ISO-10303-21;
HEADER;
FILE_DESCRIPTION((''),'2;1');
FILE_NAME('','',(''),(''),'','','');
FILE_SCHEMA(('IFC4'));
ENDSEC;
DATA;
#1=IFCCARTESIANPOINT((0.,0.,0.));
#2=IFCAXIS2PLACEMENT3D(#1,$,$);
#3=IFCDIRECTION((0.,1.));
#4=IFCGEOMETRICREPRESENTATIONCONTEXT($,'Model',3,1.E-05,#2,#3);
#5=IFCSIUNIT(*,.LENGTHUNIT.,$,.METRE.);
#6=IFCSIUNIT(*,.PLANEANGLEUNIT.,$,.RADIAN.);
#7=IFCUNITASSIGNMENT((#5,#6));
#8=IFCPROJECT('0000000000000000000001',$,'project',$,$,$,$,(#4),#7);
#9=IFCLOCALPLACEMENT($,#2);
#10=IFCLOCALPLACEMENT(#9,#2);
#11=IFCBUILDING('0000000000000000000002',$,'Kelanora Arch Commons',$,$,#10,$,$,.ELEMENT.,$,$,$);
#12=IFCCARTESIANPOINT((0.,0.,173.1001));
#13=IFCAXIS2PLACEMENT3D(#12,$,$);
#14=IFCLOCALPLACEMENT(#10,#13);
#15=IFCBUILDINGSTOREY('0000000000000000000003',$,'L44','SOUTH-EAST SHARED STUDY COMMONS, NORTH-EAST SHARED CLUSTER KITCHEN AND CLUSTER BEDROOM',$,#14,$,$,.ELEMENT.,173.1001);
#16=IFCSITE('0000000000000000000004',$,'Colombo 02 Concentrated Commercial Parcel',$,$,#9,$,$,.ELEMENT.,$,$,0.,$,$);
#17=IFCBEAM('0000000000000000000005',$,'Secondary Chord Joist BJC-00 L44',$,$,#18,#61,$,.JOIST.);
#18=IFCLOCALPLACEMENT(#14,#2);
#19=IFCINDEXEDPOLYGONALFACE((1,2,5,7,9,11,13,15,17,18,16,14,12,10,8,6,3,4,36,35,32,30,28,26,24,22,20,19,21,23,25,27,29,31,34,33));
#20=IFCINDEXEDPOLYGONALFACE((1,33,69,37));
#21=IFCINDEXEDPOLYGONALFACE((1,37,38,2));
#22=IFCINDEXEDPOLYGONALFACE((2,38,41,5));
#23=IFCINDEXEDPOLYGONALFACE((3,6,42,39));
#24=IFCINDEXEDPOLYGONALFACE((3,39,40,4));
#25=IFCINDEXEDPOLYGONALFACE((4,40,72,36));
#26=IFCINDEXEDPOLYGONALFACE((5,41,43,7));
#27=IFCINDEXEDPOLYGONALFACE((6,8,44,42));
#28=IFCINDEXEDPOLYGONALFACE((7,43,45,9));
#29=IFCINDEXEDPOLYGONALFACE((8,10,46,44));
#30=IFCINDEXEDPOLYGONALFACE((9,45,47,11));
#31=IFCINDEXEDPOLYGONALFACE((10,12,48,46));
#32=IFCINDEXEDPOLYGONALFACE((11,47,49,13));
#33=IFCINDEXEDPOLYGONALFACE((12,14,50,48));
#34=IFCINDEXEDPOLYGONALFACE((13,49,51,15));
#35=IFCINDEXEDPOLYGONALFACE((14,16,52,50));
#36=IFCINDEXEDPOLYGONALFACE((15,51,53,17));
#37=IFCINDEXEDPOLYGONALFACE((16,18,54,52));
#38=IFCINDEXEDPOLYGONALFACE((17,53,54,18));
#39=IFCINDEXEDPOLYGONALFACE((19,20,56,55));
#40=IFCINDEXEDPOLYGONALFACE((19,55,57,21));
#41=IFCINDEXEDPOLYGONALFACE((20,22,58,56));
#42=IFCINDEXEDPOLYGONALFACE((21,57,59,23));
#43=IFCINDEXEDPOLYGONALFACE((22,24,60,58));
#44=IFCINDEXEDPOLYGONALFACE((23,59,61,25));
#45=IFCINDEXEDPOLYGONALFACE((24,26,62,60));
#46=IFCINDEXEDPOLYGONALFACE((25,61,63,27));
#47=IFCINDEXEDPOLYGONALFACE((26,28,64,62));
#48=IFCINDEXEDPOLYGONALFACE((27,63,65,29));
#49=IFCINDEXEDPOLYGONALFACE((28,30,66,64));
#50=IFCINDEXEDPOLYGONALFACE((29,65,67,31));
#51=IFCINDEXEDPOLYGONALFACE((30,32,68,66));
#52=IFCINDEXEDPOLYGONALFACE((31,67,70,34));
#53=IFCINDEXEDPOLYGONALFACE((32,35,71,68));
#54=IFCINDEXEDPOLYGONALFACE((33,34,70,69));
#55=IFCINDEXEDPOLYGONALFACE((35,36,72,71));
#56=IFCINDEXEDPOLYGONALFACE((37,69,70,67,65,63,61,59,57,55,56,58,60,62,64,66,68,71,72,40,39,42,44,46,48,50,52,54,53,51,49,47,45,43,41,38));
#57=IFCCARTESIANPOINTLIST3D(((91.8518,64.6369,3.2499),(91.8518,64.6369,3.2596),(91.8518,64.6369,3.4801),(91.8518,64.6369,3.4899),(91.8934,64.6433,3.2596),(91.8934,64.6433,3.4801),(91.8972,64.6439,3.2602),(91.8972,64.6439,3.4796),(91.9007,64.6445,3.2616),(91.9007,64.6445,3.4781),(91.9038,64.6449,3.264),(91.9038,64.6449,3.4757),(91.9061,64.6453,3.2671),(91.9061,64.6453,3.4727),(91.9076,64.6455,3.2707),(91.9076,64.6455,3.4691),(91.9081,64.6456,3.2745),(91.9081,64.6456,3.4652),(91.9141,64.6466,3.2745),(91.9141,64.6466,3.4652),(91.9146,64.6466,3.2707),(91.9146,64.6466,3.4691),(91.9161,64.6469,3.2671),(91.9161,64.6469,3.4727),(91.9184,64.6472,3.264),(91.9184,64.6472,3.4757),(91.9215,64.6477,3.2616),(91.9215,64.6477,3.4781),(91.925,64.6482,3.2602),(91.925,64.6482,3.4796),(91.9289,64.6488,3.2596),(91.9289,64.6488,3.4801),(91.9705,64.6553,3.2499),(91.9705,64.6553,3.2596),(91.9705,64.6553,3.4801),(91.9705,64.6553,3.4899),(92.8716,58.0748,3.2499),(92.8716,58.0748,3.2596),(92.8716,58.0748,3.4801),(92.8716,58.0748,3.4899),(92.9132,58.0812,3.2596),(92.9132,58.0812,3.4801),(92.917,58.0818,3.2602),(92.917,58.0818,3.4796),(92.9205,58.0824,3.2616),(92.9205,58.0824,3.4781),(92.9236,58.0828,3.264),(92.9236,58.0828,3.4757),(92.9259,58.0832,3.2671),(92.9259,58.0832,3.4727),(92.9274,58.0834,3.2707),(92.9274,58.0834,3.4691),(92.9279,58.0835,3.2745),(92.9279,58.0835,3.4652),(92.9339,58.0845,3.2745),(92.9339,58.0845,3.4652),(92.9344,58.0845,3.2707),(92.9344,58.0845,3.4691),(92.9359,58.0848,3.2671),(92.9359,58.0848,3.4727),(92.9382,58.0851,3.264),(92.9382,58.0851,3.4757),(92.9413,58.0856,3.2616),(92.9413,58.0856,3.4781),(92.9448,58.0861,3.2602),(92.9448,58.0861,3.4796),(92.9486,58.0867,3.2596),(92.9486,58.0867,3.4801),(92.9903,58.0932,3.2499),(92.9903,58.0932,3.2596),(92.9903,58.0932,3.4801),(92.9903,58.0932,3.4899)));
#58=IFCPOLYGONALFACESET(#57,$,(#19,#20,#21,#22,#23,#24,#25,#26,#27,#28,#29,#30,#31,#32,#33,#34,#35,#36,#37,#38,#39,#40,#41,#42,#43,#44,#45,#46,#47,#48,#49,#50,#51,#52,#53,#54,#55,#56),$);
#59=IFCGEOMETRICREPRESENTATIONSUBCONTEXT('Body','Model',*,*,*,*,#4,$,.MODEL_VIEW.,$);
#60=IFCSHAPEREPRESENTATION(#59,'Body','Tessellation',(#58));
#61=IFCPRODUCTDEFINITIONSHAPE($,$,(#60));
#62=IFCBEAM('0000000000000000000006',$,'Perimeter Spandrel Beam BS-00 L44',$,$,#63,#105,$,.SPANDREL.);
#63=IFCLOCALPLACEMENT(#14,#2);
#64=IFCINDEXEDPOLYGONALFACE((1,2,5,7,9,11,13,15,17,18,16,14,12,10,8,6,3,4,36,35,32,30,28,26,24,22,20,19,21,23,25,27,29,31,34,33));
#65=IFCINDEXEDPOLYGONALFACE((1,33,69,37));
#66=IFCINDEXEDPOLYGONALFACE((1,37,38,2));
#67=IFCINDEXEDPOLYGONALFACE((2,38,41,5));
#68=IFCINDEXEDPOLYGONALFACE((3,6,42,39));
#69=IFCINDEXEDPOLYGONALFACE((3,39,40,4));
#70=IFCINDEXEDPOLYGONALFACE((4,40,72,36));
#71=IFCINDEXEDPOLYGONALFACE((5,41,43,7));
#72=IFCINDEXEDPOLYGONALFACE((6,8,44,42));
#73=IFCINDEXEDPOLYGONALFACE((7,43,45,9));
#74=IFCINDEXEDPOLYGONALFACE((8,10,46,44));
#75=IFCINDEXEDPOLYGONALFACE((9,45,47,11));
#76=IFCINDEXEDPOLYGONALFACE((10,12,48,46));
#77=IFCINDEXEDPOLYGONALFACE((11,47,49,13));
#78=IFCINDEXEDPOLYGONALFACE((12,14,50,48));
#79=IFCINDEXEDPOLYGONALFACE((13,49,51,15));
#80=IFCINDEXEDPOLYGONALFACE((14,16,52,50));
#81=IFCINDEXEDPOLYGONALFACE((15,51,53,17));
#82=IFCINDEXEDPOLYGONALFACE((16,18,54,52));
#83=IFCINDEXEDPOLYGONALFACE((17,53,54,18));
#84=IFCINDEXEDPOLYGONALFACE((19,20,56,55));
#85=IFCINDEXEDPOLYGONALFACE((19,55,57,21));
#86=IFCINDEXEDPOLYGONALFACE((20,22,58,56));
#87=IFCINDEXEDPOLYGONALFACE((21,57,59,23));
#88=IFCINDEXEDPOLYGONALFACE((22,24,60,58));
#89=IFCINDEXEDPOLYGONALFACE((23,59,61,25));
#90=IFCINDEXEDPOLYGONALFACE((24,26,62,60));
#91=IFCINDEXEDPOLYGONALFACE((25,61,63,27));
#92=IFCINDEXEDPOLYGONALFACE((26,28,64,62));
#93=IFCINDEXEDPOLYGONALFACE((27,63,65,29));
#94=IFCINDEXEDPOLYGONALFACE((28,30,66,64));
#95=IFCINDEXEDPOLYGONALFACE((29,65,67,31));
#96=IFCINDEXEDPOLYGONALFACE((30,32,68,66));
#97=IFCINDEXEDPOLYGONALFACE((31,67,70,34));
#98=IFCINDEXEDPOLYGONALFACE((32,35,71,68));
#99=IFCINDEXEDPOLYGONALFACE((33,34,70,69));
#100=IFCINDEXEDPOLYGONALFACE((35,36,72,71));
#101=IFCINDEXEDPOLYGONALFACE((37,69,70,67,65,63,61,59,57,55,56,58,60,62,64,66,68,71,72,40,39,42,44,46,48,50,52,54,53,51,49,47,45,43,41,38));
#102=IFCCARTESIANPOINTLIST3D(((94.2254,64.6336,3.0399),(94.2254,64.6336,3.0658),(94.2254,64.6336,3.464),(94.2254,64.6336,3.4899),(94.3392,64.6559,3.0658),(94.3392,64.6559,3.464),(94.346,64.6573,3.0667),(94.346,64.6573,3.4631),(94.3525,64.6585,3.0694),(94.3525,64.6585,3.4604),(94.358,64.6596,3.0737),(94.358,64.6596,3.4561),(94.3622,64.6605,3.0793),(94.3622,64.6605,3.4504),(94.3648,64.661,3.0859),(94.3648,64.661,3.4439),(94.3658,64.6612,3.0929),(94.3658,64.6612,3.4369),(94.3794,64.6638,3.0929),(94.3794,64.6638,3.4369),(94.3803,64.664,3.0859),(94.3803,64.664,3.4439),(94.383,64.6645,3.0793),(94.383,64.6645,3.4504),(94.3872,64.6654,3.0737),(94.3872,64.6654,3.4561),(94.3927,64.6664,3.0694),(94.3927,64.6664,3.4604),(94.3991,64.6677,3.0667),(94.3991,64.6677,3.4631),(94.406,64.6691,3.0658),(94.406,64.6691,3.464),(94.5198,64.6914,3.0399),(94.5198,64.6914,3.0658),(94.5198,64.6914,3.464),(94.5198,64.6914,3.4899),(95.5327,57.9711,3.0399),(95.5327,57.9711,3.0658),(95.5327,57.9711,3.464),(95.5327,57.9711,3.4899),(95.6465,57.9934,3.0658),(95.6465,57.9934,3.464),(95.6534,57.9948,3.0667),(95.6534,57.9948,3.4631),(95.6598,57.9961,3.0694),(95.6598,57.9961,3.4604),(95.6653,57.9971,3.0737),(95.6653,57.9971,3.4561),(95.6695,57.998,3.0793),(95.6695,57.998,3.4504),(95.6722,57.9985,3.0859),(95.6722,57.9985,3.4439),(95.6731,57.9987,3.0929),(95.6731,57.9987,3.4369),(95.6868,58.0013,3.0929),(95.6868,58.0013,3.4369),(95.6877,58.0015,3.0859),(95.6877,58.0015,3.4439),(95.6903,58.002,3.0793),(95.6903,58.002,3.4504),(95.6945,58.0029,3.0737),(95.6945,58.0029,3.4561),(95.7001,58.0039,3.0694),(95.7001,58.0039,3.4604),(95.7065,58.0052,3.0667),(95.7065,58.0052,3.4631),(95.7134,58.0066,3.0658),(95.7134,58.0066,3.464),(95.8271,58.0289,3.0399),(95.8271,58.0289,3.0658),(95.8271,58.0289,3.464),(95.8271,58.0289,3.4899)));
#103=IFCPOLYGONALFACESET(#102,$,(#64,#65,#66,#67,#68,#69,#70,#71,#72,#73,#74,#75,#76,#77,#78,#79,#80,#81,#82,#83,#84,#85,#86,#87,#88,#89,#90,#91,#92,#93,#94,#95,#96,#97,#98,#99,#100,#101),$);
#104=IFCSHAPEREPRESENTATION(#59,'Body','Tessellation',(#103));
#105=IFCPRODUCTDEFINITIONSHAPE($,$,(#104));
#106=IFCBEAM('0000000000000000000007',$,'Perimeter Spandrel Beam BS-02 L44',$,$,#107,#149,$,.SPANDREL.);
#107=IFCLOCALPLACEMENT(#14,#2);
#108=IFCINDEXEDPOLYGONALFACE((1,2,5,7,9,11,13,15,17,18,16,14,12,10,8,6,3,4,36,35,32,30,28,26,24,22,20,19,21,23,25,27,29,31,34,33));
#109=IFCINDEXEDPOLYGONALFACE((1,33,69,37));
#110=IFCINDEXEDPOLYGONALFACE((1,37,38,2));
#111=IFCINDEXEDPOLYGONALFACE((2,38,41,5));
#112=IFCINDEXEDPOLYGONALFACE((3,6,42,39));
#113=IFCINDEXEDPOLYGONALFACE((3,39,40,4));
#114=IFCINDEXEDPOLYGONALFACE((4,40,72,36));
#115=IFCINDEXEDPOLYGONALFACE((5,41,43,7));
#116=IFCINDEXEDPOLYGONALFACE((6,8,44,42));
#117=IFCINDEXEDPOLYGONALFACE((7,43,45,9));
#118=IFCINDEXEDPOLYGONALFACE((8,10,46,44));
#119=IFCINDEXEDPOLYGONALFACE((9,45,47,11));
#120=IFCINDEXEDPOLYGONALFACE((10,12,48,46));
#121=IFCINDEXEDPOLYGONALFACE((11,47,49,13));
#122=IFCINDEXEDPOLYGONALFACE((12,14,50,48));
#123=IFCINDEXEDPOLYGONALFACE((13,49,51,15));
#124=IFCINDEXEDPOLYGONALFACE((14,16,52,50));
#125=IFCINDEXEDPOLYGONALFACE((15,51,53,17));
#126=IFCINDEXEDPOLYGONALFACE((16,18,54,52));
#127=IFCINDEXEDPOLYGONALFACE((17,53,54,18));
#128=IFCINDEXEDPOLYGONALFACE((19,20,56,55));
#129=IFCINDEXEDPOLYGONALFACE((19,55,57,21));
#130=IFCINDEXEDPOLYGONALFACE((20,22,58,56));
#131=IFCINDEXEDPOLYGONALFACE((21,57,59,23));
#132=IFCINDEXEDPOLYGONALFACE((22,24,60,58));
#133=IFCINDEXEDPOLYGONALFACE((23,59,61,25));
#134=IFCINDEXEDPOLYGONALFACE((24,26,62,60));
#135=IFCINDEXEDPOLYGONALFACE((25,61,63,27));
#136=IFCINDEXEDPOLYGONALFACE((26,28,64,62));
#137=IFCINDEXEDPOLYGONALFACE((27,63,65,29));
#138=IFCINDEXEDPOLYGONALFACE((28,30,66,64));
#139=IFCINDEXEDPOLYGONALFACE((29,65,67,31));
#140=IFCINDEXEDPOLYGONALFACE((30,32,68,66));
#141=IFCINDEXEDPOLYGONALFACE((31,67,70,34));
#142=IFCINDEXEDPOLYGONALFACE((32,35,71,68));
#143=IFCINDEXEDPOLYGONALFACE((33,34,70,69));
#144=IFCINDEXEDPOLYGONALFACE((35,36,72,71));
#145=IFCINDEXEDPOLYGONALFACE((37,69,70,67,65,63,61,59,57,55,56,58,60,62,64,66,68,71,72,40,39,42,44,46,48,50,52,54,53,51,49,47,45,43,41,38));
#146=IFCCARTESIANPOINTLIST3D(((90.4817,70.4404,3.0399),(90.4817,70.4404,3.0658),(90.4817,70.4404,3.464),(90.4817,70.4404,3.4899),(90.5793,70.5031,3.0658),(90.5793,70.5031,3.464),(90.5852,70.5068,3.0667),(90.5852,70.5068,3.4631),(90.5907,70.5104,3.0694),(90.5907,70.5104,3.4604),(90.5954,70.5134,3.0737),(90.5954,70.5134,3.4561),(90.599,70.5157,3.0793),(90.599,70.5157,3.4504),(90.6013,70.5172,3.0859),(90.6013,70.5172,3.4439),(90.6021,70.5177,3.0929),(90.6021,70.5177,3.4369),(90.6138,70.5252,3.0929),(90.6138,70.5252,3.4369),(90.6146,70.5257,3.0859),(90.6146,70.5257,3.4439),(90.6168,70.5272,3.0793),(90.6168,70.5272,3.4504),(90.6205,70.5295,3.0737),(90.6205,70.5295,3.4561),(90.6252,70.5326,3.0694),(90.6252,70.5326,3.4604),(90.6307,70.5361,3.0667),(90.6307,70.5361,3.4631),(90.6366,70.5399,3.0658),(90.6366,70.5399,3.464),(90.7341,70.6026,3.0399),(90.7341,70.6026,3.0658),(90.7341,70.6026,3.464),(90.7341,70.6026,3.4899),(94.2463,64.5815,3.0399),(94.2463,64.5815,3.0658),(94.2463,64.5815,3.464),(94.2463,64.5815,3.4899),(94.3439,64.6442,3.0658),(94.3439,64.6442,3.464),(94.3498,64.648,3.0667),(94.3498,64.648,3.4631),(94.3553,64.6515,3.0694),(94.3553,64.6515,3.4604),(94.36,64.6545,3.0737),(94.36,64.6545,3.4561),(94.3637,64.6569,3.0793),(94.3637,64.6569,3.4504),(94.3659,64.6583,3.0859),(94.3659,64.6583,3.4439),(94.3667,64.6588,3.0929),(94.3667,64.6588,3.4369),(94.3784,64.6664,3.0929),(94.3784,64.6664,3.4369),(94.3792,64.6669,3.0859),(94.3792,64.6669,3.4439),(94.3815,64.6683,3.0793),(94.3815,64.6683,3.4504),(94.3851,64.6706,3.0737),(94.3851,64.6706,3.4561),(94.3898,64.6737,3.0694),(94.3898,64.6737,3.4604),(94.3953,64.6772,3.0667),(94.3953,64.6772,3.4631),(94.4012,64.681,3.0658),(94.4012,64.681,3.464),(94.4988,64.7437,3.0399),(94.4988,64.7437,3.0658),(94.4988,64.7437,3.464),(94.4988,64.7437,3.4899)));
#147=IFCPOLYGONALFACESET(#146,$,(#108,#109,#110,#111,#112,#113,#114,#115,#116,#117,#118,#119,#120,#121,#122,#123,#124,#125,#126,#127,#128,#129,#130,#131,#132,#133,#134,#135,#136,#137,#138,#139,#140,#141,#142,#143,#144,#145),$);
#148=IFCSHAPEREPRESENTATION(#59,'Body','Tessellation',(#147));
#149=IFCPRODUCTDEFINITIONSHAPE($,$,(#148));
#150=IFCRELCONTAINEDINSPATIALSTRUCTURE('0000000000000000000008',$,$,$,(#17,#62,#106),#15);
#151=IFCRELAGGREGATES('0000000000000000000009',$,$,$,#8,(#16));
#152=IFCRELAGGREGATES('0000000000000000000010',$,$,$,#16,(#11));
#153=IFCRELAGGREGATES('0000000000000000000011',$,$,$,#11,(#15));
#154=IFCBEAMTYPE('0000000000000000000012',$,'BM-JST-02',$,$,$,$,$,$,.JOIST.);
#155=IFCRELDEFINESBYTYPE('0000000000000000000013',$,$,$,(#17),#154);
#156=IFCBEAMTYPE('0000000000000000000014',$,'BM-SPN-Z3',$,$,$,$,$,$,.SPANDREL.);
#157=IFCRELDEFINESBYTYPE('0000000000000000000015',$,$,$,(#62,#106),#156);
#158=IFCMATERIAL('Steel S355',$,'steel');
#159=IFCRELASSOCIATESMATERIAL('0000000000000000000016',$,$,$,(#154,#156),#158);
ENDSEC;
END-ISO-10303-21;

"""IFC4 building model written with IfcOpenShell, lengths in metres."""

from ifc_helpers import new_model, si_unit, direction, frame, origin, origin_2d, place, context, subcontext, project, spatial, i_section, extrude, material, material_profile, profile_set, type_object, element, save


model = new_model("IFC4")

# Units and contexts
model_context = context("Model", 3, precision=1e-05, world=origin(), true_north=direction((0.0, 1.0)))
body_context = subcontext(model_context, "Body", "Model", "MODEL_VIEW")
ifc_project = project(units=[si_unit("LENGTHUNIT", "METRE"), si_unit("PLANEANGLEUNIT", "RADIAN")], contexts=[model_context])

# Site, building, storey
site_placement = place(None, origin())
site = spatial("IfcSite", under=ifc_project, at=site_placement, Name="Colombo 02 Concentrated Commercial Parcel", CompositionType="ELEMENT", RefElevation=0.0)
building_placement = place(site_placement, origin())
building = spatial("IfcBuilding", under=site, at=building_placement, Name="Kelanora Arch Commons", CompositionType="ELEMENT")
storey_placement = place(building_placement, frame((0.0, 0.0, 173.1001)))
storey = spatial("IfcBuildingStorey", under=building, at=storey_placement, Name="L44", Description="SOUTH-EAST SHARED STUDY COMMONS, NORTH-EAST SHARED CLUSTER KITCHEN AND CLUSTER BEDROOM", CompositionType="ELEMENT", Elevation=173.1001)

# Beams
ifc_material_1 = material(Name="Steel S355", Category="steel")
ifc_material_profile_1 = material_profile(ifc_material_1, i_section(OverallWidth=0.1201, OverallDepth=0.24, WebThickness=0.0061, FlangeThickness=0.0098, FilletRadius=0.0149, at=origin_2d()), Name="IPE240")
ifc_profile_set_1 = profile_set([ifc_material_profile_1], Name="Steel S355")
beam_type_1 = type_object("IfcBeamType", Name="BM-JST-02", PredefinedType="JOIST", material=ifc_profile_set_1)
beam_1_placement = place(storey_placement, frame((92.9309, 58.084, 3.3699), z_axis=(-0.153563, 0.988139, 0.0), x_axis=(-0.988139, -0.153563, 0.0)))
element("IfcBeam", 1, at=beam_1_placement, inside=storey, type_object=beam_type_1, Name="Secondary Chord Joist BJC-00 L44", PredefinedType="JOIST", context=body_context, shape_type="SweptSolid", body=[
    extrude(i_section(OverallWidth=0.1201, OverallDepth=0.24, WebThickness=0.0061, FlangeThickness=0.0098, FilletRadius=0.0149, at=origin_2d()), origin(), (0.0, 0.0, 1.0), 6.6409),
])
ifc_material_profile_2 = material_profile(ifc_material_1, i_section(OverallWidth=0.3, OverallDepth=0.45, WebThickness=0.0139, FlangeThickness=0.0259, FilletRadius=0.0271, at=origin_2d()), Name="HEB450")
ifc_profile_set_2 = profile_set([ifc_material_profile_2], Name="Steel S355")
beam_type_2 = type_object("IfcBeamType", Name="BM-SPN-Z3", PredefinedType="SPANDREL", material=ifc_profile_set_2)
beam_2_placement = place(storey_placement, frame((95.6799, 58.0, 3.2649), z_axis=(-0.192554, 0.981286, 0.0), x_axis=(-0.981286, -0.192554, 0.0)))
element("IfcBeam", 2, at=beam_2_placement, inside=storey, type_object=beam_type_2, Name="Perimeter Spandrel Beam BS-00 L44", PredefinedType="SPANDREL", context=body_context, shape_type="SweptSolid", body=[
    extrude(i_section(OverallWidth=0.3, OverallDepth=0.45, WebThickness=0.0139, FlangeThickness=0.0259, FilletRadius=0.0271, at=origin_2d()), origin(), (0.0, 0.0, 1.0), 6.7896),
])
beam_3_placement = place(storey_placement, frame((94.3726, 64.6626, 3.2649), z_axis=(-0.540577, 0.841295, 0.0), x_axis=(-0.841295, -0.540577, 0.0)))
element("IfcBeam", 3, at=beam_3_placement, inside=storey, type_object=beam_type_2, Name="Perimeter Spandrel Beam BS-02 L44", PredefinedType="SPANDREL", context=body_context, shape_type="SweptSolid", body=[
    extrude(i_section(OverallWidth=0.3, OverallDepth=0.45, WebThickness=0.0139, FlangeThickness=0.0259, FilletRadius=0.0271, at=origin_2d()), origin(), (0.0, 0.0, 1.0), 6.9641),
])

save(model, "model.ifc")
